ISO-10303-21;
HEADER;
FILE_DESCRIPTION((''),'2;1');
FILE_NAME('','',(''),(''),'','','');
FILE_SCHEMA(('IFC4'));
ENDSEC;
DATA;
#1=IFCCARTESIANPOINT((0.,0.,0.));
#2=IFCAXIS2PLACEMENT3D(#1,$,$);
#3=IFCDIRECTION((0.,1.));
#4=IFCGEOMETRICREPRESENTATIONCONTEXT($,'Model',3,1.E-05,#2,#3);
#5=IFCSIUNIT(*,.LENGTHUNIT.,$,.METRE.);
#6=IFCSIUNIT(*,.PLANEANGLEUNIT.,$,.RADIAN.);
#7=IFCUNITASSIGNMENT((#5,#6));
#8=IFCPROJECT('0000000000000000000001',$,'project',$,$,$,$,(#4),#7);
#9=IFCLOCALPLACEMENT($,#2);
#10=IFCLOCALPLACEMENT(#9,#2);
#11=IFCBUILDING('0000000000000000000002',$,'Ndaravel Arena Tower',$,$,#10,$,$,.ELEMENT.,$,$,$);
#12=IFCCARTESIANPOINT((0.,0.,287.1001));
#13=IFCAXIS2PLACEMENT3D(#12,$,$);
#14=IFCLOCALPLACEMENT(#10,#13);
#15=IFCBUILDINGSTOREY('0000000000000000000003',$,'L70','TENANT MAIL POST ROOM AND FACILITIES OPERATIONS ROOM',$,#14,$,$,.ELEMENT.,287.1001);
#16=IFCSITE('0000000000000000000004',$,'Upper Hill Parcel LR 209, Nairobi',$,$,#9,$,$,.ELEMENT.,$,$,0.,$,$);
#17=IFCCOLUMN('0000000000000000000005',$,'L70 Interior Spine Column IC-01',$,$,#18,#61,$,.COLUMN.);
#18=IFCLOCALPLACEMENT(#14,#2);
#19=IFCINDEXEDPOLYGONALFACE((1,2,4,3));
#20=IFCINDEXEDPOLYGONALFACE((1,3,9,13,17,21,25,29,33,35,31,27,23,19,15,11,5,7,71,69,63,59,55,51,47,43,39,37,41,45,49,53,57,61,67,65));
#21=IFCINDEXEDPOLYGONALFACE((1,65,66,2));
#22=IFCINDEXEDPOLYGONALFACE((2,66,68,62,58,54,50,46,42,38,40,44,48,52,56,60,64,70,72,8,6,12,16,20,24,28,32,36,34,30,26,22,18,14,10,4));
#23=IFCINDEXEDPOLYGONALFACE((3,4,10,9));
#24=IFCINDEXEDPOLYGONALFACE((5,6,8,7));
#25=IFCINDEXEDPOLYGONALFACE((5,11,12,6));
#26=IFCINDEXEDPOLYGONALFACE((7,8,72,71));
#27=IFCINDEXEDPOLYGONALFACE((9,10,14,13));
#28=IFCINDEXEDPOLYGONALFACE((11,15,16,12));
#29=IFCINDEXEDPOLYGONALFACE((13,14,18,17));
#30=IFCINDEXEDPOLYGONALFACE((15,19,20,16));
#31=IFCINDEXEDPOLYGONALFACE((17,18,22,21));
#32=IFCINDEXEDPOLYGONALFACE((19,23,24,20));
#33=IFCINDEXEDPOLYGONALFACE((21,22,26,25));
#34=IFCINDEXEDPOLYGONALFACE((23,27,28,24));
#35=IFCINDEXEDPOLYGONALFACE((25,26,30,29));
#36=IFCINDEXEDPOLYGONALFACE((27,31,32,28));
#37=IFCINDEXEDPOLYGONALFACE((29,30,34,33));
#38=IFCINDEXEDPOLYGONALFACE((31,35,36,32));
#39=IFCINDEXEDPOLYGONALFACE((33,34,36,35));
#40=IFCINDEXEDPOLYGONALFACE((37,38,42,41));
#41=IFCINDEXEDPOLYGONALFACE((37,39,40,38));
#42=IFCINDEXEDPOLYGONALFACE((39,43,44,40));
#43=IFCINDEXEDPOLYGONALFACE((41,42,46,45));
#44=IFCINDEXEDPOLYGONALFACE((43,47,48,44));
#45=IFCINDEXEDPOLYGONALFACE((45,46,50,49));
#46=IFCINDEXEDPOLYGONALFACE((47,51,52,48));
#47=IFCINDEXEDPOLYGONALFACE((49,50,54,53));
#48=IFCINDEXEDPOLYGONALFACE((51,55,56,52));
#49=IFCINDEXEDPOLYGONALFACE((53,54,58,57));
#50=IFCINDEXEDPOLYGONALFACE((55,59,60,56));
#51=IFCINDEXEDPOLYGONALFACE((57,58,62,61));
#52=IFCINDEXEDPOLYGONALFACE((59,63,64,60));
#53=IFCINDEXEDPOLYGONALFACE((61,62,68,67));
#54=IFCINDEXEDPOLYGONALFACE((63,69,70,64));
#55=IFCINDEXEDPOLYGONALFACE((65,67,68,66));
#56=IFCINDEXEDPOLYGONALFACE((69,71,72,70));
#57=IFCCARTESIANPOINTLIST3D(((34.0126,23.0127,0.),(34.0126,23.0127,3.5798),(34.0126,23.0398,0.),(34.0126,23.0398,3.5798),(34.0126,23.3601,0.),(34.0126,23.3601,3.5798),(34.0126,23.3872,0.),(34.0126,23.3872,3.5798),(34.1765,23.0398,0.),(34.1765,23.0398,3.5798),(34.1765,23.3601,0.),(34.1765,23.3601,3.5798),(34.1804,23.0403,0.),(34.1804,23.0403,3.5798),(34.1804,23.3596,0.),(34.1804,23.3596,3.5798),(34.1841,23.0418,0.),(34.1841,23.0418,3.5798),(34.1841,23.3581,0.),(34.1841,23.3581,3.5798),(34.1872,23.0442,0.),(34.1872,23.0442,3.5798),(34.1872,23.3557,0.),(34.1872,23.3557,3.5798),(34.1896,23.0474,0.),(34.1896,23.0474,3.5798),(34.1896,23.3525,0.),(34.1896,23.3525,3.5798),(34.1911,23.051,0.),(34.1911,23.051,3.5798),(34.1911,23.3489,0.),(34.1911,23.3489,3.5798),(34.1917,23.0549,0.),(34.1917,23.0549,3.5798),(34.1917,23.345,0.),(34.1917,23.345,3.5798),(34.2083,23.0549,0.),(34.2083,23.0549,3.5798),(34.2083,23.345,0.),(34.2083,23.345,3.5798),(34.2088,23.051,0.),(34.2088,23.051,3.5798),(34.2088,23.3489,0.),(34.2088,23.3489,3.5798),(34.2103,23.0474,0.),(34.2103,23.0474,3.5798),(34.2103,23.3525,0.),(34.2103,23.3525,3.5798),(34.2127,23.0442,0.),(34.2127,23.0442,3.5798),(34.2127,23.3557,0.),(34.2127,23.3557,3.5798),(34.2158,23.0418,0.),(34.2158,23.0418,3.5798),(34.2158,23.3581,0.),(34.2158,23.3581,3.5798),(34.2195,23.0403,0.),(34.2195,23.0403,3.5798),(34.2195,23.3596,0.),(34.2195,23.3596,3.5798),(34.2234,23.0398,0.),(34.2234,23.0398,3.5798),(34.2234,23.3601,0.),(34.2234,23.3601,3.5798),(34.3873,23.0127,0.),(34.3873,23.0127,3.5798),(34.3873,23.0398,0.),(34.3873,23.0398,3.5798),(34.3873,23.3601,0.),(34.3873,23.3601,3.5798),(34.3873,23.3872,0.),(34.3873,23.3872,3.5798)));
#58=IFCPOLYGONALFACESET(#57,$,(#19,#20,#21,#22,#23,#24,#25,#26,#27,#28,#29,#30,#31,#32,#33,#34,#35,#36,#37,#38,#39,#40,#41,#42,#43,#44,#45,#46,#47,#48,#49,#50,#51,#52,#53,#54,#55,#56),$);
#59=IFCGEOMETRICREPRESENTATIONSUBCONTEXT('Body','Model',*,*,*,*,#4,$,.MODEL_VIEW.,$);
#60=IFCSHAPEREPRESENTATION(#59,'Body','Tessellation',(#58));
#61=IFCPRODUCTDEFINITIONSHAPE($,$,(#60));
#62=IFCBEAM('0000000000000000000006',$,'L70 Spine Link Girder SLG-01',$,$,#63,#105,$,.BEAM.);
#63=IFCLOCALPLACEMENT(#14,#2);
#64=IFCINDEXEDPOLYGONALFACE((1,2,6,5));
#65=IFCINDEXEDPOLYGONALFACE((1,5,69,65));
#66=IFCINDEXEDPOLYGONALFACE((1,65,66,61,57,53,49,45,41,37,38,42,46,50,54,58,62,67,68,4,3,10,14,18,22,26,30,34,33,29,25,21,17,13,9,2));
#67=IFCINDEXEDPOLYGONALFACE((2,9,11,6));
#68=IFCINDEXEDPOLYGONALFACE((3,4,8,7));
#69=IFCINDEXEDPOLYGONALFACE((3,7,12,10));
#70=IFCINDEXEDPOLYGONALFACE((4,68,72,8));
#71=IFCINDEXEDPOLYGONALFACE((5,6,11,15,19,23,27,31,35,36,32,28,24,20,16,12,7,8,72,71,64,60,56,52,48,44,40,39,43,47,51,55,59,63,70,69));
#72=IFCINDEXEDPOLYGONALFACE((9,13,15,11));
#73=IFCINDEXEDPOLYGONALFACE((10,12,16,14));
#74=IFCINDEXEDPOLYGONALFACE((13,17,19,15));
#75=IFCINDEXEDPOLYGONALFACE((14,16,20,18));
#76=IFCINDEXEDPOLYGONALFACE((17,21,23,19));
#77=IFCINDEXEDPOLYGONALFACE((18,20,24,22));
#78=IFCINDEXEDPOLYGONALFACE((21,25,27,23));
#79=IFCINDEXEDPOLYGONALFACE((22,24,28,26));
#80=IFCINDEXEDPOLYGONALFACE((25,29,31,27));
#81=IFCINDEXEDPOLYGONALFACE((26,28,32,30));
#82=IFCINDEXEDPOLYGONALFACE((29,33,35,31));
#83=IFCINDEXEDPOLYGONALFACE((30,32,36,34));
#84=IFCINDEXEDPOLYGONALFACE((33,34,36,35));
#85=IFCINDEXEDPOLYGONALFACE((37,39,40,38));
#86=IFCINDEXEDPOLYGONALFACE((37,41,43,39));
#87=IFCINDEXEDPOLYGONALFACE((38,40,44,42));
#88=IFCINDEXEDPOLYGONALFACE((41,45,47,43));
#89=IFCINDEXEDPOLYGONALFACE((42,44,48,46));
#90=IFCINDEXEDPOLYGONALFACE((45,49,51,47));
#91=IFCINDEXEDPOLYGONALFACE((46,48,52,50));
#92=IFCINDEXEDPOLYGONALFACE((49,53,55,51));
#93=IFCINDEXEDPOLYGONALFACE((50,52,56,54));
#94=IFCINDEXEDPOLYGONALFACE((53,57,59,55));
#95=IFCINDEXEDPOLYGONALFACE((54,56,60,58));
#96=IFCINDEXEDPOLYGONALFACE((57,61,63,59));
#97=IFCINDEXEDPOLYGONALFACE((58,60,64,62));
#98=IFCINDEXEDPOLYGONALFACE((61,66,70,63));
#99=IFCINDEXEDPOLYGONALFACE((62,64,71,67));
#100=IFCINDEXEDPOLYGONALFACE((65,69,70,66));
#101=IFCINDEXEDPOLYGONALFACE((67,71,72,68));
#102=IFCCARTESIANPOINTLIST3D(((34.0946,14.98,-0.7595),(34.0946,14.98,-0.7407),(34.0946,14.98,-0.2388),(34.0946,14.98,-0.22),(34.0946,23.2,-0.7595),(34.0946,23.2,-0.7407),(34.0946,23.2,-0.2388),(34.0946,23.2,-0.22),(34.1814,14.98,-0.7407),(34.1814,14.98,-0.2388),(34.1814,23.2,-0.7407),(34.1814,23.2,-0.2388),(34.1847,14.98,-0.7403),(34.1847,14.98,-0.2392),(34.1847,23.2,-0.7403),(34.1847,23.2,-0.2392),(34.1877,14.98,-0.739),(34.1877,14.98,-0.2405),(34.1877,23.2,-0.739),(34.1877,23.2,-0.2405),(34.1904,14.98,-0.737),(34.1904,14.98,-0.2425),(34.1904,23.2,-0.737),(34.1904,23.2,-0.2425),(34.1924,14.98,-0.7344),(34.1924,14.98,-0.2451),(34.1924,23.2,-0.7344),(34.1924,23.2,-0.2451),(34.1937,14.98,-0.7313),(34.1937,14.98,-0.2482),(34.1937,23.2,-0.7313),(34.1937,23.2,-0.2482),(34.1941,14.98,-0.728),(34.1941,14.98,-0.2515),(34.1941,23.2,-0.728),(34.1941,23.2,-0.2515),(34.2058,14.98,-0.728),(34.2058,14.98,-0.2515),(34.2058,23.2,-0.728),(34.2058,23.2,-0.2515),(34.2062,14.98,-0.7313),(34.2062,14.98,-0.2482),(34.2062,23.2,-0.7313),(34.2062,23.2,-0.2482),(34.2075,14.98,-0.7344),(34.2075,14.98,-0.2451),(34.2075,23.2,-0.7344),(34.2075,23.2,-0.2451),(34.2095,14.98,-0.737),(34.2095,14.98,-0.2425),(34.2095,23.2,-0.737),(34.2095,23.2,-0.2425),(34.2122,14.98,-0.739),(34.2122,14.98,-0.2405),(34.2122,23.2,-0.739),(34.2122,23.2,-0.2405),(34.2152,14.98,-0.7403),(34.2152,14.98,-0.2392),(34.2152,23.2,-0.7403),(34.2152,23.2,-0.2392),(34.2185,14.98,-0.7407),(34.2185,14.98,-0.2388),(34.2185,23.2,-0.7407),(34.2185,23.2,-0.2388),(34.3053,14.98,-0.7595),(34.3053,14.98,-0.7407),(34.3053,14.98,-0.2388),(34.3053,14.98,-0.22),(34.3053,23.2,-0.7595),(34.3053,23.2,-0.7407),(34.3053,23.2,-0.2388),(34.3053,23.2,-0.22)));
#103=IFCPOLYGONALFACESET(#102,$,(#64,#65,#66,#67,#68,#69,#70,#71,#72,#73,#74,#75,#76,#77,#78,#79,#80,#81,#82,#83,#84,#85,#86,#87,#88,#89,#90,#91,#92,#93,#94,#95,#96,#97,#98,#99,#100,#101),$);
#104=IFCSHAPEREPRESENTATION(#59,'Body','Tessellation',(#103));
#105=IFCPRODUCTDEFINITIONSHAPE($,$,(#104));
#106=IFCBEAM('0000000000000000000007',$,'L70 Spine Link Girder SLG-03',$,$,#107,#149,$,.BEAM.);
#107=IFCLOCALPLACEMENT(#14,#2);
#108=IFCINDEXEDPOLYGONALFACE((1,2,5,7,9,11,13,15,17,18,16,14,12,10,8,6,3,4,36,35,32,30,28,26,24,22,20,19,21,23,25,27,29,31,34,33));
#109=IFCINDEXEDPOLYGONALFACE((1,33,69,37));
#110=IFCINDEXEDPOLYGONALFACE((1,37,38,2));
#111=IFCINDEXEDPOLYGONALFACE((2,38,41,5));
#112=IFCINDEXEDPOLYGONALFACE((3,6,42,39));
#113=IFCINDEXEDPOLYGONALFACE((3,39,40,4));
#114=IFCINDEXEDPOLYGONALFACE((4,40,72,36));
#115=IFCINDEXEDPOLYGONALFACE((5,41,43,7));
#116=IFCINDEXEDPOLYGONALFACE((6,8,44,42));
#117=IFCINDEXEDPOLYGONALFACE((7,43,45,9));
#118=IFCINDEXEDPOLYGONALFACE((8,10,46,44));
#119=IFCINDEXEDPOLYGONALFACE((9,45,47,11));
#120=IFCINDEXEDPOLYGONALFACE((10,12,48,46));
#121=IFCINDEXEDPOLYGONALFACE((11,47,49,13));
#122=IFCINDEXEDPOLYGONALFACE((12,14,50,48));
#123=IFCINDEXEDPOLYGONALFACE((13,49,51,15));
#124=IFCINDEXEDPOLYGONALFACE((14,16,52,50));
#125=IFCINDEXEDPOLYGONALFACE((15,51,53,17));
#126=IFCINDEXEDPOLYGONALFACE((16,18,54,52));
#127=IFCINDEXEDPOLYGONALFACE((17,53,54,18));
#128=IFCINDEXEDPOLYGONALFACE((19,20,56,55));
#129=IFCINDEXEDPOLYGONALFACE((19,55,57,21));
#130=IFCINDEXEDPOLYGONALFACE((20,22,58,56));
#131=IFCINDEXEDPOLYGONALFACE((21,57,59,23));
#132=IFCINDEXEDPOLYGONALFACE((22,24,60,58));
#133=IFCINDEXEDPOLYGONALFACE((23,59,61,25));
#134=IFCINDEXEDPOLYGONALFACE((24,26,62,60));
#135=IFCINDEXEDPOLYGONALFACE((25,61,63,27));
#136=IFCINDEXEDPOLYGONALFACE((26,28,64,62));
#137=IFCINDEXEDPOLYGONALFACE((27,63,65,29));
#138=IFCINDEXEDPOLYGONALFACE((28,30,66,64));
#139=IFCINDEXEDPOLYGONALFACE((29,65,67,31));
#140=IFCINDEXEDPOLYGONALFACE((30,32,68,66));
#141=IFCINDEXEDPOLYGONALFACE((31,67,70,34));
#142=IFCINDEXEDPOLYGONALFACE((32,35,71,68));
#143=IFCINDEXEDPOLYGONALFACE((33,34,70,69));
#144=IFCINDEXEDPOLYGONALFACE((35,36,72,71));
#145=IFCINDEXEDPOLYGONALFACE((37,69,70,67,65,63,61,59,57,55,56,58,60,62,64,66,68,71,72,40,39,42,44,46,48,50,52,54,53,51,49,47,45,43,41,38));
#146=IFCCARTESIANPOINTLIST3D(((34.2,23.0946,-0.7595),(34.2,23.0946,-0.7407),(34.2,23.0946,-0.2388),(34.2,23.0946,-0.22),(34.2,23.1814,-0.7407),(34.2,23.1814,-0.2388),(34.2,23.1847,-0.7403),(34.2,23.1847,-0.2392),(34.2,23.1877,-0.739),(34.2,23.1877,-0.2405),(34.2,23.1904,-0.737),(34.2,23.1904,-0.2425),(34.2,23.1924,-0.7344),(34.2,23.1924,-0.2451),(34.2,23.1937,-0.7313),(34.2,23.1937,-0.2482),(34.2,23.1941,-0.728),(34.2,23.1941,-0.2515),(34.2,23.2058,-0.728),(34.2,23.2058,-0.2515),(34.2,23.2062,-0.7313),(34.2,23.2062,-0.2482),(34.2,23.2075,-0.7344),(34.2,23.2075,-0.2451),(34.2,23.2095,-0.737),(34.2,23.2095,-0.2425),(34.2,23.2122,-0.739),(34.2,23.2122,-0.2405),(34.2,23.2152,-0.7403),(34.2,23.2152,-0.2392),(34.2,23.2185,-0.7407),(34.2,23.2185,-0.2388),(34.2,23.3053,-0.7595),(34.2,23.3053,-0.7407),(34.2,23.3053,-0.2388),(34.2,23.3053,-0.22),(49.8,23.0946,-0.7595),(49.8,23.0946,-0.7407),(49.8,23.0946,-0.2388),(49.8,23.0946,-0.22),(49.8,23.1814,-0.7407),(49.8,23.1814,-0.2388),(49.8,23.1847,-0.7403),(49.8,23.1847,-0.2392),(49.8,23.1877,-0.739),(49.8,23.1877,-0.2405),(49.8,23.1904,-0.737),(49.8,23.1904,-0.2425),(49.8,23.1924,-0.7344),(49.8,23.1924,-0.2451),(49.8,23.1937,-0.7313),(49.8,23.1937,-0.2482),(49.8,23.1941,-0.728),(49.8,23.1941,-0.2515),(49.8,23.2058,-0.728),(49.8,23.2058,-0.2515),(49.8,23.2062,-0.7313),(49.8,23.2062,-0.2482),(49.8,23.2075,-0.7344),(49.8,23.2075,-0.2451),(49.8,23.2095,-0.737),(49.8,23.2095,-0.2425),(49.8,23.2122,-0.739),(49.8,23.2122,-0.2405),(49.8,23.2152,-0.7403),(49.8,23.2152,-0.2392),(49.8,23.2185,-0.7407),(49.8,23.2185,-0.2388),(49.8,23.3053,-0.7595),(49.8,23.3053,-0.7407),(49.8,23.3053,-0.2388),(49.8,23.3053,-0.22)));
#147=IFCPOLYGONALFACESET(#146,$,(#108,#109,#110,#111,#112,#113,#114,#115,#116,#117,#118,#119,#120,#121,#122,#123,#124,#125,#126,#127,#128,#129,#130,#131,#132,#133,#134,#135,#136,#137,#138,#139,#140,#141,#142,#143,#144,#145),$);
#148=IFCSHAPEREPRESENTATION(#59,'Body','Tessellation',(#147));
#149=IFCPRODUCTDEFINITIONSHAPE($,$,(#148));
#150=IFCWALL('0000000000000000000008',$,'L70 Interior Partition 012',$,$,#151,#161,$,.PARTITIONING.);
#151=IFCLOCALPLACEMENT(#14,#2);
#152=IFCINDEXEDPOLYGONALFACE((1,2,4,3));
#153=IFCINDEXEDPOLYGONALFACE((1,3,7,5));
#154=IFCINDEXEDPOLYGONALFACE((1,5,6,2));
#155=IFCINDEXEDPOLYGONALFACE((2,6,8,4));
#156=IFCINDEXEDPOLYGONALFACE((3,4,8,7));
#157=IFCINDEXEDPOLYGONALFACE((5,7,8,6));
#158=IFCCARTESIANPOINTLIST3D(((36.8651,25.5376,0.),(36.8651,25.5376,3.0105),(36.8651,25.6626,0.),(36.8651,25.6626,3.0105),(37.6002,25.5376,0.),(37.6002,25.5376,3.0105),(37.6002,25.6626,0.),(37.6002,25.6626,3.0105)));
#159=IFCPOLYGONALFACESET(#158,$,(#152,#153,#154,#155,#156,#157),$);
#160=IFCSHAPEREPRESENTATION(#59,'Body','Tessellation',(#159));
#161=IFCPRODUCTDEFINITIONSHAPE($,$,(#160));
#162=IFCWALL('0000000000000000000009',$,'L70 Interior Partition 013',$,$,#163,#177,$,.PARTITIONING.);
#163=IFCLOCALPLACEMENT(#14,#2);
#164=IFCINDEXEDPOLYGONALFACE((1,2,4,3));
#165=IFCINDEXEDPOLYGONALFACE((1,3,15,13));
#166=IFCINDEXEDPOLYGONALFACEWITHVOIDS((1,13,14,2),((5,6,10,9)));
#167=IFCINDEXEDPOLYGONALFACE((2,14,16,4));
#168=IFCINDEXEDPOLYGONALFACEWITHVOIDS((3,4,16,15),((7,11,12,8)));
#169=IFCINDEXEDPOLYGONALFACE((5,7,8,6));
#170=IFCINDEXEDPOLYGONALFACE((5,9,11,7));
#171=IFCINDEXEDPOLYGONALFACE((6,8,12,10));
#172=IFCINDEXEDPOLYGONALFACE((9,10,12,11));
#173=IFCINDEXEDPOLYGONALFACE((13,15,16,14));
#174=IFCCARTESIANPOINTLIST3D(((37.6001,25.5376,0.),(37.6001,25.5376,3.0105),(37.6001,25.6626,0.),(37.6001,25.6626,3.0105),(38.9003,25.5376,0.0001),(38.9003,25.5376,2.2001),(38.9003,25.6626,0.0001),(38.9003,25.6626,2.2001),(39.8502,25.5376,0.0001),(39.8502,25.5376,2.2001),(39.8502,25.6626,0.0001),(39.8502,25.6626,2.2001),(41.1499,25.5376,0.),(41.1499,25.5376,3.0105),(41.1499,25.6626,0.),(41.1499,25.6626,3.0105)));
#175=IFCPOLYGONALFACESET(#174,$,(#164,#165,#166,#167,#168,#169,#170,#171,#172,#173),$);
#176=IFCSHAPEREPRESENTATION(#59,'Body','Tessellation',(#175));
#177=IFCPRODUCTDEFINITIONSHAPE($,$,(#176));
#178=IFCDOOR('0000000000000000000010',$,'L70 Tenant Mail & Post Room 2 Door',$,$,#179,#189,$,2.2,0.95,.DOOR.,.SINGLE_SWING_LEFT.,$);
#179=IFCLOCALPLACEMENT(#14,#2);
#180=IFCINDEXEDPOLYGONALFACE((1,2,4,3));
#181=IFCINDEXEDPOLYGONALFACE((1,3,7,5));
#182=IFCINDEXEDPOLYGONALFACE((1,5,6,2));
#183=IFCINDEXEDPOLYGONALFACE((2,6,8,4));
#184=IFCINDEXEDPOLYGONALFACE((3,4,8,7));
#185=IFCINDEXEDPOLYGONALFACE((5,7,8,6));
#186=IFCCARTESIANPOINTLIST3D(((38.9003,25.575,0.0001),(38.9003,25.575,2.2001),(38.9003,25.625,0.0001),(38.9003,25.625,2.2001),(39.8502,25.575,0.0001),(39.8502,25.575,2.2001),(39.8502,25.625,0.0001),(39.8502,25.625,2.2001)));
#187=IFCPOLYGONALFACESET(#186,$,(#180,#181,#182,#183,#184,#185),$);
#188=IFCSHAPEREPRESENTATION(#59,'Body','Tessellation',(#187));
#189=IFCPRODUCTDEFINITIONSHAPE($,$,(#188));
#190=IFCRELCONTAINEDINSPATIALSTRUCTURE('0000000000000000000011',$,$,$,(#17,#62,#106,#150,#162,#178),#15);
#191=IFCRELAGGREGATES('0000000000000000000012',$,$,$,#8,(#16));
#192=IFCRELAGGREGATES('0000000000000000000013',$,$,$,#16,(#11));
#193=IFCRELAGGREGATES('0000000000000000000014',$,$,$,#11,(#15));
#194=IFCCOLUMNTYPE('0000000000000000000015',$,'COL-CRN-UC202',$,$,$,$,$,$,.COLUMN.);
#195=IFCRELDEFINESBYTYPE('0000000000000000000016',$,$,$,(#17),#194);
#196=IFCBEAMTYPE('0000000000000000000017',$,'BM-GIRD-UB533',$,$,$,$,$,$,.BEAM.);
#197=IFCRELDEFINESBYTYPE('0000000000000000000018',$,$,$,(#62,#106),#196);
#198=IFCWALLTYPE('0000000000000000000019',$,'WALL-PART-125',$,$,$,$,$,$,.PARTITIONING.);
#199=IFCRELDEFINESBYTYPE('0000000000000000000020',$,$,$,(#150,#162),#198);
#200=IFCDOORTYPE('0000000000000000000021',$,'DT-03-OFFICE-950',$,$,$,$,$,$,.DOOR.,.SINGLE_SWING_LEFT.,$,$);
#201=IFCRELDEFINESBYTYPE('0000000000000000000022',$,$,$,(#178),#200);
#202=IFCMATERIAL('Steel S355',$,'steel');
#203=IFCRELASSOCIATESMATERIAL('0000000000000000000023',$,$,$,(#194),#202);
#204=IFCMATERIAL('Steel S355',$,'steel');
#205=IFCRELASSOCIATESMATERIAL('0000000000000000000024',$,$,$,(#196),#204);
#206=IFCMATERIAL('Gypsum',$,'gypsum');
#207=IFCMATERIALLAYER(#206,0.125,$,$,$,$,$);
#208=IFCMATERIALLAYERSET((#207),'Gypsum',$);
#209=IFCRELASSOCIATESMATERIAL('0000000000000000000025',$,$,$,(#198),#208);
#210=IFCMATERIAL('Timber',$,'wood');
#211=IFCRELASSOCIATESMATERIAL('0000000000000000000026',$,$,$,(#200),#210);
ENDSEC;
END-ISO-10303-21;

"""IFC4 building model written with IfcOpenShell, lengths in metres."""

from ifc_helpers import new_model, si_unit, direction, frame, frame_2d, origin, origin_2d, place, context, subcontext, project, spatial, rectangle, i_section, extrude, material, layer, layer_set, material_profile, profile_set, type_object, element, fill, save


model = new_model("IFC4")

# Units and contexts
model_context = context("Model", 3, precision=1e-05, world=origin(), true_north=direction((0.0, 1.0)))
body_context = subcontext(model_context, "Body", "Model", "MODEL_VIEW")
ifc_project = project(units=[si_unit("LENGTHUNIT", "METRE"), si_unit("PLANEANGLEUNIT", "RADIAN")], contexts=[model_context])

# Site, building, storey
site_placement = place(None, origin())
site = spatial("IfcSite", under=ifc_project, at=site_placement, Name="Upper Hill Parcel LR 209, Nairobi", CompositionType="ELEMENT", RefElevation=0.0)
building_placement = place(site_placement, origin())
building = spatial("IfcBuilding", under=site, at=building_placement, Name="Ndaravel Arena Tower", CompositionType="ELEMENT")
storey_placement = place(building_placement, frame((0.0, 0.0, 287.1001)))
storey = spatial("IfcBuildingStorey", under=building, at=storey_placement, Name="L70", Description="TENANT MAIL POST ROOM AND FACILITIES OPERATIONS ROOM", CompositionType="ELEMENT", Elevation=287.1001)

# Column
ifc_material_1 = material(Name="Steel S355", Category="steel")
ifc_material_profile_1 = material_profile(ifc_material_1, i_section(OverallWidth=0.3748, OverallDepth=0.3745, WebThickness=0.0166, FlangeThickness=0.0271, FilletRadius=0.0151, at=origin_2d()), Name="UC 356x368x202")
ifc_profile_set_1 = profile_set([ifc_material_profile_1], Name="Steel S355")
column_type = type_object("IfcColumnType", Name="COL-CRN-UC202", PredefinedType="COLUMN", material=ifc_profile_set_1)
column_placement = place(storey_placement, frame((34.2, 23.2, 0.0), z_axis=(0.0, 0.0, 1.0), x_axis=(1.0, 0.0, 0.0)))
element("IfcColumn", 1, at=column_placement, inside=storey, type_object=column_type, Name="L70 Interior Spine Column IC-01", PredefinedType="COLUMN", context=body_context, shape_type="SweptSolid", body=[
    extrude(i_section(OverallWidth=0.3748, OverallDepth=0.3745, WebThickness=0.0166, FlangeThickness=0.0271, FilletRadius=0.0151, at=origin_2d()), origin(), (0.0, 0.0, 1.0), 3.5798),
])

# Beams
ifc_material_2 = material(Name="Steel S355", Category="steel")
ifc_material_profile_2 = material_profile(ifc_material_2, i_section(OverallWidth=0.2107, OverallDepth=0.5396, WebThickness=0.0117, FlangeThickness=0.0188, FilletRadius=0.0127, at=origin_2d()), Name="UB 533x210x109")
ifc_profile_set_2 = profile_set([ifc_material_profile_2], Name="Steel S355")
beam_type = type_object("IfcBeamType", Name="BM-GIRD-UB533", PredefinedType="BEAM", material=ifc_profile_set_2)
beam_1_placement = place(storey_placement, frame((34.2, 14.98, -0.4897), z_axis=(0.0, 1.0, 0.0), x_axis=(-1.0, 0.0, 0.0)))
element("IfcBeam", 2, at=beam_1_placement, inside=storey, type_object=beam_type, Name="L70 Spine Link Girder SLG-01", PredefinedType="BEAM", context=body_context, shape_type="SweptSolid", body=[
    extrude(i_section(OverallWidth=0.2107, OverallDepth=0.5396, WebThickness=0.0117, FlangeThickness=0.0188, FilletRadius=0.0127, at=origin_2d()), origin(), (0.0, 0.0, 1.0), 8.22),
])
beam_2_placement = place(storey_placement, frame((34.2, 23.2, -0.4897), z_axis=(1.0, 0.0, 0.0), x_axis=(0.0, 1.0, 0.0)))
element("IfcBeam", 3, at=beam_2_placement, inside=storey, type_object=beam_type, Name="L70 Spine Link Girder SLG-03", PredefinedType="BEAM", context=body_context, shape_type="SweptSolid", body=[
    extrude(i_section(OverallWidth=0.2107, OverallDepth=0.5396, WebThickness=0.0117, FlangeThickness=0.0188, FilletRadius=0.0127, at=origin_2d()), origin(), (0.0, 0.0, 1.0), 15.6001),
])

# Wall
ifc_material_3 = material(Name="Gypsum", Category="gypsum")
ifc_layer_1 = layer(ifc_material_3, 0.125)
ifc_layer_set_1 = layer_set([ifc_layer_1], Name="Gypsum")
wall_type_1 = type_object("IfcWallType", Name="WALL-PART-125", PredefinedType="PARTITIONING", material=ifc_layer_set_1)
wall_1_placement = place(storey_placement, frame((36.865, 25.6001, 0.0), z_axis=(0.0, 0.0, 1.0), x_axis=(1.0, 0.0, 0.0)))
element("IfcWall", 4, at=wall_1_placement, inside=storey, type_object=wall_type_1, Name="L70 Interior Partition 012", PredefinedType="PARTITIONING", context=body_context, shape_type="SweptSolid", body=[
    extrude(rectangle(XDim=0.7351, YDim=0.125, at=frame_2d((0.3677, 0.0))), origin(), (0.0, 0.0, 1.0), 3.0105),
])

# Wall, opening, door
wall_2_placement = place(storey_placement, frame((37.6001, 25.6001, 0.0), z_axis=(0.0, 0.0, 1.0), x_axis=(1.0, 0.0, 0.0)))
wall_2 = element("IfcWall", 5, at=wall_2_placement, inside=storey, type_object=wall_type_1, Name="L70 Interior Partition 013", PredefinedType="PARTITIONING", context=body_context, shape_type="SweptSolid", body=[
    extrude(rectangle(XDim=3.5498, YDim=0.125, at=frame_2d((1.7749, 0.0))), origin(), (0.0, 0.0, 1.0), 3.0105),
])
opening_1_placement = place(wall_2_placement, frame((1.3, 0.0, 0.0)))
opening_1 = element("IfcOpeningElement", 6, at=opening_1_placement, cuts=wall_2, PredefinedType="OPENING", context=body_context, shape_type="SweptSolid", body=[
    extrude(rectangle(XDim=0.95, YDim=2.2, at=frame_2d((0.4751, 1.1001))), frame((0.0, 0.0625, 0.0), z_axis=(0.0, -1.0, 0.0), x_axis=(1.0, 0.0, 0.0)), (0.0, 0.0, 1.0), 0.125),
])
ifc_material_4 = material(Name="Timber", Category="wood")
door_type_1 = type_object("IfcDoorType", Name="DT-03-OFFICE-950", OperationType="SINGLE_SWING_LEFT", PredefinedType="DOOR", material=ifc_material_4)
door_1_placement = place(opening_1_placement, origin())
door_1 = element("IfcDoor", 7, at=door_1_placement, inside=storey, type_object=door_type_1, Name="L70 Tenant Mail & Post Room 2 Door", OperationType="SINGLE_SWING_LEFT", OverallHeight=2.2, OverallWidth=0.95, PredefinedType="DOOR", context=body_context, shape_type="SweptSolid", body=[
    extrude(rectangle(XDim=0.95, YDim=2.2, at=frame_2d((0.4751, 1.1001))), frame((0.0, 0.0249, 0.0), z_axis=(0.0, -1.0, 0.0), x_axis=(1.0, 0.0, 0.0)), (0.0, 0.0, 1.0), 0.05),
])
fill(opening_1, door_1)

save(model, "model.ifc")
